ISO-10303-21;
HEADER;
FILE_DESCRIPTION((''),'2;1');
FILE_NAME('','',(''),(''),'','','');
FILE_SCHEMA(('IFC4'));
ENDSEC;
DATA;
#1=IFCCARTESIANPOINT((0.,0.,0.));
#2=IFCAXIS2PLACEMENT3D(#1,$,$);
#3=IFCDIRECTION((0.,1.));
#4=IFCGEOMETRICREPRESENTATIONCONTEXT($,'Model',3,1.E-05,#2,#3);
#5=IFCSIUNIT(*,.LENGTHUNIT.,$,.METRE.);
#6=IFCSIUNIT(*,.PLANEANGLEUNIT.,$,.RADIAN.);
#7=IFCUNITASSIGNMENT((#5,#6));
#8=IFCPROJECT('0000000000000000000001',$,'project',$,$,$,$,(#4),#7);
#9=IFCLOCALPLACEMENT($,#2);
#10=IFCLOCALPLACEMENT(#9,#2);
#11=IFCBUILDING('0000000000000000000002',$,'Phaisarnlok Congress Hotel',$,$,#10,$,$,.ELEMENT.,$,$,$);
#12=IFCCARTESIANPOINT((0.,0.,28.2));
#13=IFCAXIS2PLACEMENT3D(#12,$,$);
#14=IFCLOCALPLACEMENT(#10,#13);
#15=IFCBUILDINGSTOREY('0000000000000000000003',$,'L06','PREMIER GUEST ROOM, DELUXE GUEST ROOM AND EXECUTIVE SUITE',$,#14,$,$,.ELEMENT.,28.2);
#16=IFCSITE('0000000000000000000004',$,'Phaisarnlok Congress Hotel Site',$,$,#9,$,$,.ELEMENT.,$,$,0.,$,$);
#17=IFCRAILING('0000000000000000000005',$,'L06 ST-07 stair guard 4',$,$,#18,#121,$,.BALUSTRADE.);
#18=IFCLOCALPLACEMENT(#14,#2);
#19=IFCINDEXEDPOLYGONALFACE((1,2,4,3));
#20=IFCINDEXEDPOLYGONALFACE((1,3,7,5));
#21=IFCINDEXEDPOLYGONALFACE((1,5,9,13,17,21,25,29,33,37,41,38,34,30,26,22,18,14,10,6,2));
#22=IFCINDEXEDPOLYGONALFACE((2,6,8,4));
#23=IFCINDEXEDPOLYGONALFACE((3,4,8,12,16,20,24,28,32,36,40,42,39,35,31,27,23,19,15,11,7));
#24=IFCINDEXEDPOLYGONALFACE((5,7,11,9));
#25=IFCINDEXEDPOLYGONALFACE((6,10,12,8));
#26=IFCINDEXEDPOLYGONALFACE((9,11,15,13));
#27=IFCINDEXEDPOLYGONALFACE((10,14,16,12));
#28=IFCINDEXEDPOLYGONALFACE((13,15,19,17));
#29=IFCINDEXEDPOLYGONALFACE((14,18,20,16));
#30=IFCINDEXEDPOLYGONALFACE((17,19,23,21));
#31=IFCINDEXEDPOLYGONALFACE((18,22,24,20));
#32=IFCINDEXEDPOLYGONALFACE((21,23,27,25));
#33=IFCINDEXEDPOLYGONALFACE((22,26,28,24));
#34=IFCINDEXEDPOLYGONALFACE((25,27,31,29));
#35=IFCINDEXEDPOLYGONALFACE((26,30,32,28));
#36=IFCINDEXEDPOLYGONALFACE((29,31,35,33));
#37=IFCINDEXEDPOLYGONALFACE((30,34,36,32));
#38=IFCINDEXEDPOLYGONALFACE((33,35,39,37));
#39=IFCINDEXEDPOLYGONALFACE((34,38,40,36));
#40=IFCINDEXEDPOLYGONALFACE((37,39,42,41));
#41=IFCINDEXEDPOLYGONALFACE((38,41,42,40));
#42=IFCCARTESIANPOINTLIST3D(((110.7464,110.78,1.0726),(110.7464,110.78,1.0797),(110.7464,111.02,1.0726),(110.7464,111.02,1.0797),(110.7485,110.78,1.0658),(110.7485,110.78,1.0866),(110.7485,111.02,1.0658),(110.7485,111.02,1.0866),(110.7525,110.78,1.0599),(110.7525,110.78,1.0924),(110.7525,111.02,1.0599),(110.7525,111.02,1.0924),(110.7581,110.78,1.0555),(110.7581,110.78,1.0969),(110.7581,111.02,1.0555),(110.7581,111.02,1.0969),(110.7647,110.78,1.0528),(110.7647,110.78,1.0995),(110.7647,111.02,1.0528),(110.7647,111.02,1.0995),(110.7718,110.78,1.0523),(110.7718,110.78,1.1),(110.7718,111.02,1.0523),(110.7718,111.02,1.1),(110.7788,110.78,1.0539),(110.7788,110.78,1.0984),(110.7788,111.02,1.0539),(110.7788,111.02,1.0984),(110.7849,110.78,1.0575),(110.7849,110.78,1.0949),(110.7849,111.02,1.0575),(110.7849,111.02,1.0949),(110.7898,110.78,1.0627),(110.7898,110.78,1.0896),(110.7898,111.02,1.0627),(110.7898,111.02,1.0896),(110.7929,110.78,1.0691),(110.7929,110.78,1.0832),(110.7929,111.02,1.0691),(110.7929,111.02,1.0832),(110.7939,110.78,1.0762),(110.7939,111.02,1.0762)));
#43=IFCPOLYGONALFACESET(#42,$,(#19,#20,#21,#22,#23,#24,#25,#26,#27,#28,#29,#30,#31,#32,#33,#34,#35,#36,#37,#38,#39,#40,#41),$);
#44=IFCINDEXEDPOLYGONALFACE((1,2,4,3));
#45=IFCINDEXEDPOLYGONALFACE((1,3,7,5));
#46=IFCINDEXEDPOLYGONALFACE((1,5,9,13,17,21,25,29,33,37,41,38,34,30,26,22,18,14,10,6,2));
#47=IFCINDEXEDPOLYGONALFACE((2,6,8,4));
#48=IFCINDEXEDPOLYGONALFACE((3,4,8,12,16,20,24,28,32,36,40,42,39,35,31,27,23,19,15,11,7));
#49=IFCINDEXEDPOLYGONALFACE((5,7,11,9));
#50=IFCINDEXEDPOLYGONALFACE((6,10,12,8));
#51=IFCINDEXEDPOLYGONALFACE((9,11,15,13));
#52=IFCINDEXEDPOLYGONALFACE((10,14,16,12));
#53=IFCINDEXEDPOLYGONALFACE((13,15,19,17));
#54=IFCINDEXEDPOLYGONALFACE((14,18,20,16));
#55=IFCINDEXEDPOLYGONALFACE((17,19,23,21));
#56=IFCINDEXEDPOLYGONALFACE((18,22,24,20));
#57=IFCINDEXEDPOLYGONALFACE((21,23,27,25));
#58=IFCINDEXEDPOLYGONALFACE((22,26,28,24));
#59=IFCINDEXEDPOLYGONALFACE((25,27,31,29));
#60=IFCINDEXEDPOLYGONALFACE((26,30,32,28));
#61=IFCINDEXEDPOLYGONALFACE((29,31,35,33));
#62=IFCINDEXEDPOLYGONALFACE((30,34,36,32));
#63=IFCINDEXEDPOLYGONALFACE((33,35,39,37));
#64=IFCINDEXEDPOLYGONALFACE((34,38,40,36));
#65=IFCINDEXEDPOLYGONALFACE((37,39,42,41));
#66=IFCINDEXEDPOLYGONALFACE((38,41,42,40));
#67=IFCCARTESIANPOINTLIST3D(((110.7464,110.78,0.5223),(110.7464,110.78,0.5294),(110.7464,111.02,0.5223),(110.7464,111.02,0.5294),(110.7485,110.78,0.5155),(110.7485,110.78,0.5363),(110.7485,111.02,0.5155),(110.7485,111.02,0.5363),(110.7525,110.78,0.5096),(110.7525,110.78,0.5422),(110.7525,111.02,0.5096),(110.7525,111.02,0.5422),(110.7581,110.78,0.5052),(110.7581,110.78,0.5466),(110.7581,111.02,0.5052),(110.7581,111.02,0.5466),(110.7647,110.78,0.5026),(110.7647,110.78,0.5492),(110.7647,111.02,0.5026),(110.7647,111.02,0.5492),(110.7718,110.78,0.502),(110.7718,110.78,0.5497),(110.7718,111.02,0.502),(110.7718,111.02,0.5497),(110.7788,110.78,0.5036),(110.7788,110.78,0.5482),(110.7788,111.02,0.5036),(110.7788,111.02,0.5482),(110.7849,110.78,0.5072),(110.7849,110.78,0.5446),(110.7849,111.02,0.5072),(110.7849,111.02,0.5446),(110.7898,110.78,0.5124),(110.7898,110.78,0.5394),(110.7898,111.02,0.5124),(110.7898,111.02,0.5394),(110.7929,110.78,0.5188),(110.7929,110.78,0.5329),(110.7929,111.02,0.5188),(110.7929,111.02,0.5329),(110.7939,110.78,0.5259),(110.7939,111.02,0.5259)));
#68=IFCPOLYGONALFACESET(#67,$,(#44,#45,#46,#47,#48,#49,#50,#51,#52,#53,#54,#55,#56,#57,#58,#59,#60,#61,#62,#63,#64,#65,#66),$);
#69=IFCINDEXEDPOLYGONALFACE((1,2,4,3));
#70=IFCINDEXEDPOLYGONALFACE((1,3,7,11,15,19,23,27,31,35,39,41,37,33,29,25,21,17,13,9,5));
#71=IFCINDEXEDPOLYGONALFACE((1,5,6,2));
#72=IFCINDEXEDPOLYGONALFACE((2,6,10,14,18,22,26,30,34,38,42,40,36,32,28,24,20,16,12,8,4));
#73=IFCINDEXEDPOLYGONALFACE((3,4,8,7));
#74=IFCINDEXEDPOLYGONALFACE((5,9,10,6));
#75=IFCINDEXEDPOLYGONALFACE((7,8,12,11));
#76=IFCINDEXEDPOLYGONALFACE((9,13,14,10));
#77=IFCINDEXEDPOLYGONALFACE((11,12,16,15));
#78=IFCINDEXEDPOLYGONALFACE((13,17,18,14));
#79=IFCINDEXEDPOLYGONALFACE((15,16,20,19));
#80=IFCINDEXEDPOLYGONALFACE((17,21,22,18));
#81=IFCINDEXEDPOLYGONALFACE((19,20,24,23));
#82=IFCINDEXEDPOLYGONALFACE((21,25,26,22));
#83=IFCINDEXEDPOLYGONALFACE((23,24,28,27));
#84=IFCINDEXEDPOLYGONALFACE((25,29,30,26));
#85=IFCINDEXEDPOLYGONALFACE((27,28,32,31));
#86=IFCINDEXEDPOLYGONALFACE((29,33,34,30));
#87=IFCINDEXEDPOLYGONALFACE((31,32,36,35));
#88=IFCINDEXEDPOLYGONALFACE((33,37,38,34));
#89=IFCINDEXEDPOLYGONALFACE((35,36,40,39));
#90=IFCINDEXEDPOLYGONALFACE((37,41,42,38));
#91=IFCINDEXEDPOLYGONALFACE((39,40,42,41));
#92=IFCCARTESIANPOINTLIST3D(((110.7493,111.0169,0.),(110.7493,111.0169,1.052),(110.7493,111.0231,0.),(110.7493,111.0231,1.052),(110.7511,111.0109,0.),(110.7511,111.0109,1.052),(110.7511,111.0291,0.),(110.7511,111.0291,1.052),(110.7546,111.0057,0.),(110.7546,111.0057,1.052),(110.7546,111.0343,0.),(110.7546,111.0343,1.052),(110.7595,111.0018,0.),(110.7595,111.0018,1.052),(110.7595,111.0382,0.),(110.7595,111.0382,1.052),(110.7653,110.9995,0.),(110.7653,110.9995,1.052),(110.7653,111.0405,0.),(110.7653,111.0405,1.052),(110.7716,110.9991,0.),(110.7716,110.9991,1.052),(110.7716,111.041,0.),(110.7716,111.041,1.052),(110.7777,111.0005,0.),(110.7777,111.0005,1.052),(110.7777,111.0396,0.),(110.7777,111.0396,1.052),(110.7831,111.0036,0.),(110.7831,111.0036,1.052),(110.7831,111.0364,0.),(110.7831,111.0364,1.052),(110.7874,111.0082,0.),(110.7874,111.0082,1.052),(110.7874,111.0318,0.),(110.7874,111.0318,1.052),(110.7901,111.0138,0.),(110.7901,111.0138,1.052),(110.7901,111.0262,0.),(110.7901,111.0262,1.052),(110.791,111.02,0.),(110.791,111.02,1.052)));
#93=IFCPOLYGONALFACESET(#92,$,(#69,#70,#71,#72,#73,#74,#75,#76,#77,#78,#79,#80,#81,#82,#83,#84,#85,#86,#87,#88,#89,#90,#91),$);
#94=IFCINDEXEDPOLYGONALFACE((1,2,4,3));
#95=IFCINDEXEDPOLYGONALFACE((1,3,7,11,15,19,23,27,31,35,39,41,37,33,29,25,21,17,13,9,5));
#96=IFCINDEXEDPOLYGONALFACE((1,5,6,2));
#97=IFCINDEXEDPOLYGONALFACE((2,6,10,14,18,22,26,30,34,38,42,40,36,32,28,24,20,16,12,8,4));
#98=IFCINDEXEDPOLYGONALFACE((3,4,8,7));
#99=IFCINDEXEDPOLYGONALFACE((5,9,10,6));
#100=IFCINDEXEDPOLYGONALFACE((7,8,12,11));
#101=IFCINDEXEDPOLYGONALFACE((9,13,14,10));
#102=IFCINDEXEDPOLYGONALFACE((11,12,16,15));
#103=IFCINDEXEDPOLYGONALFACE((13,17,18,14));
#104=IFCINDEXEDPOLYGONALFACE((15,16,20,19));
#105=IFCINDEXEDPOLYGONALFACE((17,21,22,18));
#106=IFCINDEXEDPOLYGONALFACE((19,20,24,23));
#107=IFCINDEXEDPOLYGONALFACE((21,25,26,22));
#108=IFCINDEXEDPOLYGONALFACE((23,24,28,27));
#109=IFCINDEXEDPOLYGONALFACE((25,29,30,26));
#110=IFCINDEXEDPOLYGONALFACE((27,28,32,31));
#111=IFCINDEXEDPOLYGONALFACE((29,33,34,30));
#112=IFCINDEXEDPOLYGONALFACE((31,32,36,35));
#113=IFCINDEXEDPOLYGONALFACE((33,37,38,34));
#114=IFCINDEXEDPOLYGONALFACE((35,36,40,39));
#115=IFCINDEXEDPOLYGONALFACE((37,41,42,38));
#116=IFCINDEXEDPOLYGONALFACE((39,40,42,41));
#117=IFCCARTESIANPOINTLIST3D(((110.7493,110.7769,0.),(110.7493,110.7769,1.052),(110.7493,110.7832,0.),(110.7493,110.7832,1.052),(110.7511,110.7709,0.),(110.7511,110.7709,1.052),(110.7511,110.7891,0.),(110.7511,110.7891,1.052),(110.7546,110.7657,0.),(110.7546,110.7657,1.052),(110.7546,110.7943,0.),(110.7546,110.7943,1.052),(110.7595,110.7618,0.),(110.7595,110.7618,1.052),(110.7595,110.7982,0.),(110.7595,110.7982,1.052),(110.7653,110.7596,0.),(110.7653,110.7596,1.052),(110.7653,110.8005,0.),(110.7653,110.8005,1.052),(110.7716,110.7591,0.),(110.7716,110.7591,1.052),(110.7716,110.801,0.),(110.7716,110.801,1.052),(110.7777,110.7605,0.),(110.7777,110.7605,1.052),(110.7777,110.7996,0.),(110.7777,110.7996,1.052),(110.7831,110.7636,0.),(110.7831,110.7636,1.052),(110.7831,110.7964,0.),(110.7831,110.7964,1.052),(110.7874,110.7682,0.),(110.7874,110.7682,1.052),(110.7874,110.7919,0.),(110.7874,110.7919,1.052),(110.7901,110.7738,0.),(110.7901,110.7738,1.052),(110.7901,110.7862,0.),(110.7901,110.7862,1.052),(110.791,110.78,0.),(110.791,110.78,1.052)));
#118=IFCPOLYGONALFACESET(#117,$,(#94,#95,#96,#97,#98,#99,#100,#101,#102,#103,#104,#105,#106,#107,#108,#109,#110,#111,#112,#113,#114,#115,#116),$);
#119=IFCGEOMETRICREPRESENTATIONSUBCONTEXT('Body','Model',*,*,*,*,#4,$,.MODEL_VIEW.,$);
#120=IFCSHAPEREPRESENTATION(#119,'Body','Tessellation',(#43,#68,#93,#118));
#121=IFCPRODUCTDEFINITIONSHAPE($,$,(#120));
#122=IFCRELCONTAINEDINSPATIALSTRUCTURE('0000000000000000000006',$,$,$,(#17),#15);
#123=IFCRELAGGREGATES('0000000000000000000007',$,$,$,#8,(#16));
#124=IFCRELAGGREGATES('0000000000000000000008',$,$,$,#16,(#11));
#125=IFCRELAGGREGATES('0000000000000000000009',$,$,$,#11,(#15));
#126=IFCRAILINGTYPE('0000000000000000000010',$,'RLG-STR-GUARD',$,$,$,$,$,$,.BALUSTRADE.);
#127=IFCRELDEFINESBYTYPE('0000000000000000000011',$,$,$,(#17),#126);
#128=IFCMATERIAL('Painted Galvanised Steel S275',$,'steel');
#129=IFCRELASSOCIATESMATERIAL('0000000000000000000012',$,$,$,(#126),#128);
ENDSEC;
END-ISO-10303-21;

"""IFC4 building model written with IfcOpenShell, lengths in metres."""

from ifc_helpers import new_model, si_unit, direction, frame, origin, origin_2d, place, context, subcontext, project, spatial, circle, extrude, material, type_object, element, save


model = new_model("IFC4")

# Units and contexts
model_context = context("Model", 3, precision=1e-05, world=origin(), true_north=direction((0.0, 1.0)))
body_context = subcontext(model_context, "Body", "Model", "MODEL_VIEW")
ifc_project = project(units=[si_unit("LENGTHUNIT", "METRE"), si_unit("PLANEANGLEUNIT", "RADIAN")], contexts=[model_context])

# Site, building, storey
site_placement = place(None, origin())
site = spatial("IfcSite", under=ifc_project, at=site_placement, Name="Phaisarnlok Congress Hotel Site", CompositionType="ELEMENT", RefElevation=0.0)
building_placement = place(site_placement, origin())
building = spatial("IfcBuilding", under=site, at=building_placement, Name="Phaisarnlok Congress Hotel", CompositionType="ELEMENT")
storey_placement = place(building_placement, frame((0.0, 0.0, 28.2)))
storey = spatial("IfcBuildingStorey", under=building, at=storey_placement, Name="L06", Description="PREMIER GUEST ROOM, DELUXE GUEST ROOM AND EXECUTIVE SUITE", CompositionType="ELEMENT", Elevation=28.2)

# Railing
ifc_material_1 = material(Name="Painted Galvanised Steel S275", Category="steel")
railing_type_1 = type_object("IfcRailingType", Name="RLG-STR-GUARD", PredefinedType="BALUSTRADE", material=ifc_material_1)
railing_1_placement = place(storey_placement, frame((110.77, 111.02, 0.0)))
element("IfcRailing", 1, at=railing_1_placement, inside=storey, type_object=railing_type_1, Name="L06 ST-07 stair guard 4", PredefinedType="BALUSTRADE", context=body_context, shape_type="SweptSolid", body=[
    extrude(circle(Radius=0.0239, at=origin_2d()), frame((0.0, 0.0, 1.0762), z_axis=(0.0, -1.0, 0.0), x_axis=(1.0, 0.0, 0.0)), (0.0, 0.0, 1.0), 0.24),
    extrude(circle(Radius=0.0239, at=origin_2d()), frame((0.0, 0.0, 0.5259), z_axis=(0.0, -1.0, 0.0), x_axis=(1.0, 0.0, 0.0)), (0.0, 0.0, 1.0), 0.24),
    extrude(circle(Radius=0.021, at=origin_2d()), origin(), (0.0, 0.0, 1.0), 1.052),
    extrude(circle(Radius=0.021, at=origin_2d()), frame((0.0, -0.24, 0.0)), (0.0, 0.0, 1.0), 1.052),
])

save(model, "model.ifc")
